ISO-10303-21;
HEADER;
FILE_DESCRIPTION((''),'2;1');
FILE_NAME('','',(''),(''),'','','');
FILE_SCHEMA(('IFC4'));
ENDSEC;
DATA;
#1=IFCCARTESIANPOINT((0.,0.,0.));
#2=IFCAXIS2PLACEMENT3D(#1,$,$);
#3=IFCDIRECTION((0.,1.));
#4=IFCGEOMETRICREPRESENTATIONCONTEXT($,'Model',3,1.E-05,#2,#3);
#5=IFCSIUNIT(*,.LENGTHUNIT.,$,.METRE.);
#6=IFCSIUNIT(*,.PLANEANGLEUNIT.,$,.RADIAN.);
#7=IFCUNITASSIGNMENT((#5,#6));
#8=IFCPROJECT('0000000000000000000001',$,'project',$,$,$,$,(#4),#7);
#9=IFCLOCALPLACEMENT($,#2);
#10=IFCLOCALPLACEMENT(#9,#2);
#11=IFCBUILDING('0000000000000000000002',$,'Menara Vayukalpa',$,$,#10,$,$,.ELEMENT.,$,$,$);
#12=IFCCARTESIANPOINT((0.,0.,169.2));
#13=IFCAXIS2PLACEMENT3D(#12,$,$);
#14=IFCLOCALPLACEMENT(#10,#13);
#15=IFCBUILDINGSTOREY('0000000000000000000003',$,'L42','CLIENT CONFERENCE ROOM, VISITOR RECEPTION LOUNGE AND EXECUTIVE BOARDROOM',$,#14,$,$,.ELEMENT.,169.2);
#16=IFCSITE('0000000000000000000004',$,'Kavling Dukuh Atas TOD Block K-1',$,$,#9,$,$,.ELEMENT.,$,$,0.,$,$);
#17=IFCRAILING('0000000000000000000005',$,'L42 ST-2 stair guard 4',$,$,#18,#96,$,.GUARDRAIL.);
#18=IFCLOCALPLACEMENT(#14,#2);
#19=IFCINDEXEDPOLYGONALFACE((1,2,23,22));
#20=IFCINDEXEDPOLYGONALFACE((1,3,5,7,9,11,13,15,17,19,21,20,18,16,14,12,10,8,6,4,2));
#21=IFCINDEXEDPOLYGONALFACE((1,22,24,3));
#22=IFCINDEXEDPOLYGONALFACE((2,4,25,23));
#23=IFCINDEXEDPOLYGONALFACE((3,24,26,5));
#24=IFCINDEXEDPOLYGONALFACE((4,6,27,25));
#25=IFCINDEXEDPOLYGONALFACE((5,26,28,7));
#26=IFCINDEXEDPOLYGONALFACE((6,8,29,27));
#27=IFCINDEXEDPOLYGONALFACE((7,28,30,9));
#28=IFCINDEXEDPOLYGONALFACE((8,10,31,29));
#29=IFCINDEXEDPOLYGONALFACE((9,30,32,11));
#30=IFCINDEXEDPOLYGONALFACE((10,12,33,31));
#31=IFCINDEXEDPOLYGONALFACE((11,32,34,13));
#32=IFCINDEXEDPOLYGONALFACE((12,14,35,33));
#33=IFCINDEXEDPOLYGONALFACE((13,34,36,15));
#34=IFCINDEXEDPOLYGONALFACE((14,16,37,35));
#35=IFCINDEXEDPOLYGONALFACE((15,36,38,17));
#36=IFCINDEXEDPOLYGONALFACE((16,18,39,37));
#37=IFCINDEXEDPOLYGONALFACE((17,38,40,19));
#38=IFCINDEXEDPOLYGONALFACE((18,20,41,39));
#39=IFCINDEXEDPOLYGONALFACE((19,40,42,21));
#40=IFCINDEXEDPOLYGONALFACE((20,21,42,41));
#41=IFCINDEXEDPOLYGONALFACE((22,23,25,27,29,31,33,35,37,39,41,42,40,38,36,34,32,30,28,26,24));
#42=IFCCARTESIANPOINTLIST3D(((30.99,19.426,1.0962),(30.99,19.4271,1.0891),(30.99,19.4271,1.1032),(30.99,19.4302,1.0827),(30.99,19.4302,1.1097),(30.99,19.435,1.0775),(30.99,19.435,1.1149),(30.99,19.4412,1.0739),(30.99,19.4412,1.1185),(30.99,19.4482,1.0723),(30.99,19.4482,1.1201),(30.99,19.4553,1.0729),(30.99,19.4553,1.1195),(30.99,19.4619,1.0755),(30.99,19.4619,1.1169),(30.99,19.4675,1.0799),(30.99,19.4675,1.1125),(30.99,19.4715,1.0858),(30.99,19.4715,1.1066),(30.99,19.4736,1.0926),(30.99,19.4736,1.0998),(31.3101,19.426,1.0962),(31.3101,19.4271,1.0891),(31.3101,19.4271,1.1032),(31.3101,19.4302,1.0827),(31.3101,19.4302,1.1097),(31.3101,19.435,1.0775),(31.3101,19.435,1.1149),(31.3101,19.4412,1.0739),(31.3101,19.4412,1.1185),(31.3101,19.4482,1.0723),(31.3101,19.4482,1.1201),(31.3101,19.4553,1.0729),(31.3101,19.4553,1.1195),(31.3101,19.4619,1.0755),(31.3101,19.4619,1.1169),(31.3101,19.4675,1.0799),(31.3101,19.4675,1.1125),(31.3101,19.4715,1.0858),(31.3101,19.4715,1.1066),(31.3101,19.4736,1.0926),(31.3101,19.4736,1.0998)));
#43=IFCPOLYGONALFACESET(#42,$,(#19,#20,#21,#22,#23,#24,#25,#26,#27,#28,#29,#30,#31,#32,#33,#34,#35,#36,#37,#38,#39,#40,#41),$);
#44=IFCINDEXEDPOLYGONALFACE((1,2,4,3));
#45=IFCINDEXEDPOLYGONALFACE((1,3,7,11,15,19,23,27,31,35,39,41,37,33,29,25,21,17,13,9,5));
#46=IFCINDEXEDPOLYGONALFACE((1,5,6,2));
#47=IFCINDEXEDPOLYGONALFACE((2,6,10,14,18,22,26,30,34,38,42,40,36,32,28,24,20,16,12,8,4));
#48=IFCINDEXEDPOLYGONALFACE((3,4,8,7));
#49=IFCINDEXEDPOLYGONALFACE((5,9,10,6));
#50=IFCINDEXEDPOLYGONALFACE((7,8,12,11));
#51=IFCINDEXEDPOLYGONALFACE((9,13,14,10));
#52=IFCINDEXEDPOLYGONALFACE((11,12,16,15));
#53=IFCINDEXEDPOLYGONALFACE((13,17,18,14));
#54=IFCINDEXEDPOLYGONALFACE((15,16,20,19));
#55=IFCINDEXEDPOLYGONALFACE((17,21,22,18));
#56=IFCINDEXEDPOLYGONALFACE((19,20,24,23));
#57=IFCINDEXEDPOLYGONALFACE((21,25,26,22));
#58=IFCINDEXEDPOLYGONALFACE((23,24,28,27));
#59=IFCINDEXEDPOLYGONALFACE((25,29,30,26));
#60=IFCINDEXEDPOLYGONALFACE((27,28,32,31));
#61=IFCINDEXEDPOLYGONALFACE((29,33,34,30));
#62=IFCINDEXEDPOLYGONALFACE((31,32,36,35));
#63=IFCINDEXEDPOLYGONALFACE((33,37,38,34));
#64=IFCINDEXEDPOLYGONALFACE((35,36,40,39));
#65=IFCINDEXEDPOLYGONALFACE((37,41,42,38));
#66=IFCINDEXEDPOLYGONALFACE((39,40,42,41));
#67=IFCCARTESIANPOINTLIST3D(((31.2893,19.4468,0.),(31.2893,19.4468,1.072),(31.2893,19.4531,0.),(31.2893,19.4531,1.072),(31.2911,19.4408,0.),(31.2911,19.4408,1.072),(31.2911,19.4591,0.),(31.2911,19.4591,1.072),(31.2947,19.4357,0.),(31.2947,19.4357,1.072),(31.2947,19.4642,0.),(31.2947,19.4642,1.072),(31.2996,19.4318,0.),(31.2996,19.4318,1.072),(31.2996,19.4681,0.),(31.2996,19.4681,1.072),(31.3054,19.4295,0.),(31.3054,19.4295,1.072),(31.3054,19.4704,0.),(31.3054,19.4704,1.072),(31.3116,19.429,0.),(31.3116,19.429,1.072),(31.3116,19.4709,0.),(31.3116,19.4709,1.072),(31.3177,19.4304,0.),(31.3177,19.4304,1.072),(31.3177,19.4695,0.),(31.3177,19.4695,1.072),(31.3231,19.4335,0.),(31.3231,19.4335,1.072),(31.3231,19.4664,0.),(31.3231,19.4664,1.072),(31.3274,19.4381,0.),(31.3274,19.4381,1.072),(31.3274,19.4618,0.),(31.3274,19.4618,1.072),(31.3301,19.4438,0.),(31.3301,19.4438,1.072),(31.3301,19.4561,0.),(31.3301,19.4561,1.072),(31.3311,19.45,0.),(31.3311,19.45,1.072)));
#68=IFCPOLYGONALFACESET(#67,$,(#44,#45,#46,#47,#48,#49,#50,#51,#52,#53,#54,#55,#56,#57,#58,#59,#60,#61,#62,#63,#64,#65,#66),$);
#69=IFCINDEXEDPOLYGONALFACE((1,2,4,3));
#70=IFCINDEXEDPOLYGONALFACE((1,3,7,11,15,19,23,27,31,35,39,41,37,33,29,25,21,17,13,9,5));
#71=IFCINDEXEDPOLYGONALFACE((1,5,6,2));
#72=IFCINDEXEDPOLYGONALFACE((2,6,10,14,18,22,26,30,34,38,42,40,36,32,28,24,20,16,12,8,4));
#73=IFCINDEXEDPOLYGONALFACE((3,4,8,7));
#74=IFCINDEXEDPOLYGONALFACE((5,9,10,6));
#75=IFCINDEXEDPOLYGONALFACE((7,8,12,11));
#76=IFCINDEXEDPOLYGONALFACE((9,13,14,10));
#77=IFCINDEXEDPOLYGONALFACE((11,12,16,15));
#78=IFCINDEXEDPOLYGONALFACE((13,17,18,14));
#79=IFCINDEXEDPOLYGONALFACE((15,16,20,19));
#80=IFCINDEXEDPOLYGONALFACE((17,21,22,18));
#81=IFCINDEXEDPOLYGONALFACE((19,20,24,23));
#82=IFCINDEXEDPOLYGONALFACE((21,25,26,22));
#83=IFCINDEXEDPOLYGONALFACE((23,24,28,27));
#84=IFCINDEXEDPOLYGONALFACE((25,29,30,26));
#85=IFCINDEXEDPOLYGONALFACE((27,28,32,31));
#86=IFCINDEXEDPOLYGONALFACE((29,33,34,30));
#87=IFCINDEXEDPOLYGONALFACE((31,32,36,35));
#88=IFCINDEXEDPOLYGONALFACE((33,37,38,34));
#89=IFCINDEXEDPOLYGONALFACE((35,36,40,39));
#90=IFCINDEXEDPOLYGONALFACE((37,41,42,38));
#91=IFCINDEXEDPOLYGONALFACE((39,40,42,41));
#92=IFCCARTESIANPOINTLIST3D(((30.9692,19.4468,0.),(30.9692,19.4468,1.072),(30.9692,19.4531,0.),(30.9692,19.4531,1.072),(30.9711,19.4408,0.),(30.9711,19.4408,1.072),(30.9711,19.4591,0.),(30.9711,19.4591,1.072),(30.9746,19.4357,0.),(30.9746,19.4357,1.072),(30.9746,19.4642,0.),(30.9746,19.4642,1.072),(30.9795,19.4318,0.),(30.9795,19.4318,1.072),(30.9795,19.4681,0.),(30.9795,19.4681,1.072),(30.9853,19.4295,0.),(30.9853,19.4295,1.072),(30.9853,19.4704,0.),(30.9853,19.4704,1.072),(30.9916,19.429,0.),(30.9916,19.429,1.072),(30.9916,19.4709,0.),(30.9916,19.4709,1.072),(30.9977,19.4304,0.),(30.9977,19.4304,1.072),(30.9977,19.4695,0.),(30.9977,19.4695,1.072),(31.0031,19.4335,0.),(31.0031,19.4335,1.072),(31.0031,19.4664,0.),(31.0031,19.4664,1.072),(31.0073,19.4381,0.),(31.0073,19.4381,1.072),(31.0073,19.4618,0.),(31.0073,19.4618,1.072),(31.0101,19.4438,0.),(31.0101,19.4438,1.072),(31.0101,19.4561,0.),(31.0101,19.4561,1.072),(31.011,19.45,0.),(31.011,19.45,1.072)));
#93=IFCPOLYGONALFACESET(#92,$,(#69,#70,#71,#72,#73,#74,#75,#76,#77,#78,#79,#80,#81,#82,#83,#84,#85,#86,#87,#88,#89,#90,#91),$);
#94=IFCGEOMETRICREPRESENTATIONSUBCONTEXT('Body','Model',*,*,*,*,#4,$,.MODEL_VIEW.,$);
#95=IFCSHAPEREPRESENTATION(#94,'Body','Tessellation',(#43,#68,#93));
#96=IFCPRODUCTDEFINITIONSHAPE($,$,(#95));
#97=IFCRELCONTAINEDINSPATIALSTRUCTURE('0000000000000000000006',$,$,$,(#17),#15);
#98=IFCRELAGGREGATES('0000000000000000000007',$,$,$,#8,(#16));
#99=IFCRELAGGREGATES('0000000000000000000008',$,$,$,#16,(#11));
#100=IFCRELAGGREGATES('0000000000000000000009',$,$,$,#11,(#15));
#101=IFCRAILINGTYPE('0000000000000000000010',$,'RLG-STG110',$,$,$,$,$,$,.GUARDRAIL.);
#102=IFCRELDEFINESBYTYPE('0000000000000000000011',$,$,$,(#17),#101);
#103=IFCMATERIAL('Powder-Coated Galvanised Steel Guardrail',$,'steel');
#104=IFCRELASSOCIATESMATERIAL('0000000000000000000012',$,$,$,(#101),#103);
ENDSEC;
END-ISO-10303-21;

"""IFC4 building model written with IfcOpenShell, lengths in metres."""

from ifc_helpers import new_model, si_unit, direction, frame, origin, origin_2d, place, context, subcontext, project, spatial, circle, extrude, material, type_object, element, save


model = new_model("IFC4")

# Units and contexts
model_context = context("Model", 3, precision=1e-05, world=origin(), true_north=direction((0.0, 1.0)))
body_context = subcontext(model_context, "Body", "Model", "MODEL_VIEW")
ifc_project = project(units=[si_unit("LENGTHUNIT", "METRE"), si_unit("PLANEANGLEUNIT", "RADIAN")], contexts=[model_context])

# Site, building, storey
site_placement = place(None, origin())
site = spatial("IfcSite", under=ifc_project, at=site_placement, Name="Kavling Dukuh Atas TOD Block K-1", CompositionType="ELEMENT", RefElevation=0.0)
building_placement = place(site_placement, origin())
building = spatial("IfcBuilding", under=site, at=building_placement, Name="Menara Vayukalpa", CompositionType="ELEMENT")
storey_placement = place(building_placement, frame((0.0, 0.0, 169.2)))
storey = spatial("IfcBuildingStorey", under=building, at=storey_placement, Name="L42", Description="CLIENT CONFERENCE ROOM, VISITOR RECEPTION LOUNGE AND EXECUTIVE BOARDROOM", CompositionType="ELEMENT", Elevation=169.2)

# Railing
ifc_material_1 = material(Name="Powder-Coated Galvanised Steel Guardrail", Category="steel")
railing_type = type_object("IfcRailingType", Name="RLG-STG110", PredefinedType="GUARDRAIL", material=ifc_material_1)
railing_1_placement = place(storey_placement, frame((31.3101, 19.45, 0.0)))
element("IfcRailing", 1, at=railing_1_placement, inside=storey, type_object=railing_type, Name="L42 ST-2 stair guard 4", PredefinedType="GUARDRAIL", context=body_context, shape_type="SweptSolid", body=[
    extrude(circle(Radius=0.0239, at=origin_2d()), frame((0.0, 0.0, 1.0962), z_axis=(-1.0, 0.0, 0.0), x_axis=(0.0, -1.0, 0.0)), (0.0, 0.0, 1.0), 0.3201),
    extrude(circle(Radius=0.021, at=origin_2d()), origin(), (0.0, 0.0, 1.0), 1.072),
    extrude(circle(Radius=0.021, at=origin_2d()), frame((-0.3201, 0.0, 0.0)), (0.0, 0.0, 1.0), 1.072),
])

save(model, "model.ifc")
